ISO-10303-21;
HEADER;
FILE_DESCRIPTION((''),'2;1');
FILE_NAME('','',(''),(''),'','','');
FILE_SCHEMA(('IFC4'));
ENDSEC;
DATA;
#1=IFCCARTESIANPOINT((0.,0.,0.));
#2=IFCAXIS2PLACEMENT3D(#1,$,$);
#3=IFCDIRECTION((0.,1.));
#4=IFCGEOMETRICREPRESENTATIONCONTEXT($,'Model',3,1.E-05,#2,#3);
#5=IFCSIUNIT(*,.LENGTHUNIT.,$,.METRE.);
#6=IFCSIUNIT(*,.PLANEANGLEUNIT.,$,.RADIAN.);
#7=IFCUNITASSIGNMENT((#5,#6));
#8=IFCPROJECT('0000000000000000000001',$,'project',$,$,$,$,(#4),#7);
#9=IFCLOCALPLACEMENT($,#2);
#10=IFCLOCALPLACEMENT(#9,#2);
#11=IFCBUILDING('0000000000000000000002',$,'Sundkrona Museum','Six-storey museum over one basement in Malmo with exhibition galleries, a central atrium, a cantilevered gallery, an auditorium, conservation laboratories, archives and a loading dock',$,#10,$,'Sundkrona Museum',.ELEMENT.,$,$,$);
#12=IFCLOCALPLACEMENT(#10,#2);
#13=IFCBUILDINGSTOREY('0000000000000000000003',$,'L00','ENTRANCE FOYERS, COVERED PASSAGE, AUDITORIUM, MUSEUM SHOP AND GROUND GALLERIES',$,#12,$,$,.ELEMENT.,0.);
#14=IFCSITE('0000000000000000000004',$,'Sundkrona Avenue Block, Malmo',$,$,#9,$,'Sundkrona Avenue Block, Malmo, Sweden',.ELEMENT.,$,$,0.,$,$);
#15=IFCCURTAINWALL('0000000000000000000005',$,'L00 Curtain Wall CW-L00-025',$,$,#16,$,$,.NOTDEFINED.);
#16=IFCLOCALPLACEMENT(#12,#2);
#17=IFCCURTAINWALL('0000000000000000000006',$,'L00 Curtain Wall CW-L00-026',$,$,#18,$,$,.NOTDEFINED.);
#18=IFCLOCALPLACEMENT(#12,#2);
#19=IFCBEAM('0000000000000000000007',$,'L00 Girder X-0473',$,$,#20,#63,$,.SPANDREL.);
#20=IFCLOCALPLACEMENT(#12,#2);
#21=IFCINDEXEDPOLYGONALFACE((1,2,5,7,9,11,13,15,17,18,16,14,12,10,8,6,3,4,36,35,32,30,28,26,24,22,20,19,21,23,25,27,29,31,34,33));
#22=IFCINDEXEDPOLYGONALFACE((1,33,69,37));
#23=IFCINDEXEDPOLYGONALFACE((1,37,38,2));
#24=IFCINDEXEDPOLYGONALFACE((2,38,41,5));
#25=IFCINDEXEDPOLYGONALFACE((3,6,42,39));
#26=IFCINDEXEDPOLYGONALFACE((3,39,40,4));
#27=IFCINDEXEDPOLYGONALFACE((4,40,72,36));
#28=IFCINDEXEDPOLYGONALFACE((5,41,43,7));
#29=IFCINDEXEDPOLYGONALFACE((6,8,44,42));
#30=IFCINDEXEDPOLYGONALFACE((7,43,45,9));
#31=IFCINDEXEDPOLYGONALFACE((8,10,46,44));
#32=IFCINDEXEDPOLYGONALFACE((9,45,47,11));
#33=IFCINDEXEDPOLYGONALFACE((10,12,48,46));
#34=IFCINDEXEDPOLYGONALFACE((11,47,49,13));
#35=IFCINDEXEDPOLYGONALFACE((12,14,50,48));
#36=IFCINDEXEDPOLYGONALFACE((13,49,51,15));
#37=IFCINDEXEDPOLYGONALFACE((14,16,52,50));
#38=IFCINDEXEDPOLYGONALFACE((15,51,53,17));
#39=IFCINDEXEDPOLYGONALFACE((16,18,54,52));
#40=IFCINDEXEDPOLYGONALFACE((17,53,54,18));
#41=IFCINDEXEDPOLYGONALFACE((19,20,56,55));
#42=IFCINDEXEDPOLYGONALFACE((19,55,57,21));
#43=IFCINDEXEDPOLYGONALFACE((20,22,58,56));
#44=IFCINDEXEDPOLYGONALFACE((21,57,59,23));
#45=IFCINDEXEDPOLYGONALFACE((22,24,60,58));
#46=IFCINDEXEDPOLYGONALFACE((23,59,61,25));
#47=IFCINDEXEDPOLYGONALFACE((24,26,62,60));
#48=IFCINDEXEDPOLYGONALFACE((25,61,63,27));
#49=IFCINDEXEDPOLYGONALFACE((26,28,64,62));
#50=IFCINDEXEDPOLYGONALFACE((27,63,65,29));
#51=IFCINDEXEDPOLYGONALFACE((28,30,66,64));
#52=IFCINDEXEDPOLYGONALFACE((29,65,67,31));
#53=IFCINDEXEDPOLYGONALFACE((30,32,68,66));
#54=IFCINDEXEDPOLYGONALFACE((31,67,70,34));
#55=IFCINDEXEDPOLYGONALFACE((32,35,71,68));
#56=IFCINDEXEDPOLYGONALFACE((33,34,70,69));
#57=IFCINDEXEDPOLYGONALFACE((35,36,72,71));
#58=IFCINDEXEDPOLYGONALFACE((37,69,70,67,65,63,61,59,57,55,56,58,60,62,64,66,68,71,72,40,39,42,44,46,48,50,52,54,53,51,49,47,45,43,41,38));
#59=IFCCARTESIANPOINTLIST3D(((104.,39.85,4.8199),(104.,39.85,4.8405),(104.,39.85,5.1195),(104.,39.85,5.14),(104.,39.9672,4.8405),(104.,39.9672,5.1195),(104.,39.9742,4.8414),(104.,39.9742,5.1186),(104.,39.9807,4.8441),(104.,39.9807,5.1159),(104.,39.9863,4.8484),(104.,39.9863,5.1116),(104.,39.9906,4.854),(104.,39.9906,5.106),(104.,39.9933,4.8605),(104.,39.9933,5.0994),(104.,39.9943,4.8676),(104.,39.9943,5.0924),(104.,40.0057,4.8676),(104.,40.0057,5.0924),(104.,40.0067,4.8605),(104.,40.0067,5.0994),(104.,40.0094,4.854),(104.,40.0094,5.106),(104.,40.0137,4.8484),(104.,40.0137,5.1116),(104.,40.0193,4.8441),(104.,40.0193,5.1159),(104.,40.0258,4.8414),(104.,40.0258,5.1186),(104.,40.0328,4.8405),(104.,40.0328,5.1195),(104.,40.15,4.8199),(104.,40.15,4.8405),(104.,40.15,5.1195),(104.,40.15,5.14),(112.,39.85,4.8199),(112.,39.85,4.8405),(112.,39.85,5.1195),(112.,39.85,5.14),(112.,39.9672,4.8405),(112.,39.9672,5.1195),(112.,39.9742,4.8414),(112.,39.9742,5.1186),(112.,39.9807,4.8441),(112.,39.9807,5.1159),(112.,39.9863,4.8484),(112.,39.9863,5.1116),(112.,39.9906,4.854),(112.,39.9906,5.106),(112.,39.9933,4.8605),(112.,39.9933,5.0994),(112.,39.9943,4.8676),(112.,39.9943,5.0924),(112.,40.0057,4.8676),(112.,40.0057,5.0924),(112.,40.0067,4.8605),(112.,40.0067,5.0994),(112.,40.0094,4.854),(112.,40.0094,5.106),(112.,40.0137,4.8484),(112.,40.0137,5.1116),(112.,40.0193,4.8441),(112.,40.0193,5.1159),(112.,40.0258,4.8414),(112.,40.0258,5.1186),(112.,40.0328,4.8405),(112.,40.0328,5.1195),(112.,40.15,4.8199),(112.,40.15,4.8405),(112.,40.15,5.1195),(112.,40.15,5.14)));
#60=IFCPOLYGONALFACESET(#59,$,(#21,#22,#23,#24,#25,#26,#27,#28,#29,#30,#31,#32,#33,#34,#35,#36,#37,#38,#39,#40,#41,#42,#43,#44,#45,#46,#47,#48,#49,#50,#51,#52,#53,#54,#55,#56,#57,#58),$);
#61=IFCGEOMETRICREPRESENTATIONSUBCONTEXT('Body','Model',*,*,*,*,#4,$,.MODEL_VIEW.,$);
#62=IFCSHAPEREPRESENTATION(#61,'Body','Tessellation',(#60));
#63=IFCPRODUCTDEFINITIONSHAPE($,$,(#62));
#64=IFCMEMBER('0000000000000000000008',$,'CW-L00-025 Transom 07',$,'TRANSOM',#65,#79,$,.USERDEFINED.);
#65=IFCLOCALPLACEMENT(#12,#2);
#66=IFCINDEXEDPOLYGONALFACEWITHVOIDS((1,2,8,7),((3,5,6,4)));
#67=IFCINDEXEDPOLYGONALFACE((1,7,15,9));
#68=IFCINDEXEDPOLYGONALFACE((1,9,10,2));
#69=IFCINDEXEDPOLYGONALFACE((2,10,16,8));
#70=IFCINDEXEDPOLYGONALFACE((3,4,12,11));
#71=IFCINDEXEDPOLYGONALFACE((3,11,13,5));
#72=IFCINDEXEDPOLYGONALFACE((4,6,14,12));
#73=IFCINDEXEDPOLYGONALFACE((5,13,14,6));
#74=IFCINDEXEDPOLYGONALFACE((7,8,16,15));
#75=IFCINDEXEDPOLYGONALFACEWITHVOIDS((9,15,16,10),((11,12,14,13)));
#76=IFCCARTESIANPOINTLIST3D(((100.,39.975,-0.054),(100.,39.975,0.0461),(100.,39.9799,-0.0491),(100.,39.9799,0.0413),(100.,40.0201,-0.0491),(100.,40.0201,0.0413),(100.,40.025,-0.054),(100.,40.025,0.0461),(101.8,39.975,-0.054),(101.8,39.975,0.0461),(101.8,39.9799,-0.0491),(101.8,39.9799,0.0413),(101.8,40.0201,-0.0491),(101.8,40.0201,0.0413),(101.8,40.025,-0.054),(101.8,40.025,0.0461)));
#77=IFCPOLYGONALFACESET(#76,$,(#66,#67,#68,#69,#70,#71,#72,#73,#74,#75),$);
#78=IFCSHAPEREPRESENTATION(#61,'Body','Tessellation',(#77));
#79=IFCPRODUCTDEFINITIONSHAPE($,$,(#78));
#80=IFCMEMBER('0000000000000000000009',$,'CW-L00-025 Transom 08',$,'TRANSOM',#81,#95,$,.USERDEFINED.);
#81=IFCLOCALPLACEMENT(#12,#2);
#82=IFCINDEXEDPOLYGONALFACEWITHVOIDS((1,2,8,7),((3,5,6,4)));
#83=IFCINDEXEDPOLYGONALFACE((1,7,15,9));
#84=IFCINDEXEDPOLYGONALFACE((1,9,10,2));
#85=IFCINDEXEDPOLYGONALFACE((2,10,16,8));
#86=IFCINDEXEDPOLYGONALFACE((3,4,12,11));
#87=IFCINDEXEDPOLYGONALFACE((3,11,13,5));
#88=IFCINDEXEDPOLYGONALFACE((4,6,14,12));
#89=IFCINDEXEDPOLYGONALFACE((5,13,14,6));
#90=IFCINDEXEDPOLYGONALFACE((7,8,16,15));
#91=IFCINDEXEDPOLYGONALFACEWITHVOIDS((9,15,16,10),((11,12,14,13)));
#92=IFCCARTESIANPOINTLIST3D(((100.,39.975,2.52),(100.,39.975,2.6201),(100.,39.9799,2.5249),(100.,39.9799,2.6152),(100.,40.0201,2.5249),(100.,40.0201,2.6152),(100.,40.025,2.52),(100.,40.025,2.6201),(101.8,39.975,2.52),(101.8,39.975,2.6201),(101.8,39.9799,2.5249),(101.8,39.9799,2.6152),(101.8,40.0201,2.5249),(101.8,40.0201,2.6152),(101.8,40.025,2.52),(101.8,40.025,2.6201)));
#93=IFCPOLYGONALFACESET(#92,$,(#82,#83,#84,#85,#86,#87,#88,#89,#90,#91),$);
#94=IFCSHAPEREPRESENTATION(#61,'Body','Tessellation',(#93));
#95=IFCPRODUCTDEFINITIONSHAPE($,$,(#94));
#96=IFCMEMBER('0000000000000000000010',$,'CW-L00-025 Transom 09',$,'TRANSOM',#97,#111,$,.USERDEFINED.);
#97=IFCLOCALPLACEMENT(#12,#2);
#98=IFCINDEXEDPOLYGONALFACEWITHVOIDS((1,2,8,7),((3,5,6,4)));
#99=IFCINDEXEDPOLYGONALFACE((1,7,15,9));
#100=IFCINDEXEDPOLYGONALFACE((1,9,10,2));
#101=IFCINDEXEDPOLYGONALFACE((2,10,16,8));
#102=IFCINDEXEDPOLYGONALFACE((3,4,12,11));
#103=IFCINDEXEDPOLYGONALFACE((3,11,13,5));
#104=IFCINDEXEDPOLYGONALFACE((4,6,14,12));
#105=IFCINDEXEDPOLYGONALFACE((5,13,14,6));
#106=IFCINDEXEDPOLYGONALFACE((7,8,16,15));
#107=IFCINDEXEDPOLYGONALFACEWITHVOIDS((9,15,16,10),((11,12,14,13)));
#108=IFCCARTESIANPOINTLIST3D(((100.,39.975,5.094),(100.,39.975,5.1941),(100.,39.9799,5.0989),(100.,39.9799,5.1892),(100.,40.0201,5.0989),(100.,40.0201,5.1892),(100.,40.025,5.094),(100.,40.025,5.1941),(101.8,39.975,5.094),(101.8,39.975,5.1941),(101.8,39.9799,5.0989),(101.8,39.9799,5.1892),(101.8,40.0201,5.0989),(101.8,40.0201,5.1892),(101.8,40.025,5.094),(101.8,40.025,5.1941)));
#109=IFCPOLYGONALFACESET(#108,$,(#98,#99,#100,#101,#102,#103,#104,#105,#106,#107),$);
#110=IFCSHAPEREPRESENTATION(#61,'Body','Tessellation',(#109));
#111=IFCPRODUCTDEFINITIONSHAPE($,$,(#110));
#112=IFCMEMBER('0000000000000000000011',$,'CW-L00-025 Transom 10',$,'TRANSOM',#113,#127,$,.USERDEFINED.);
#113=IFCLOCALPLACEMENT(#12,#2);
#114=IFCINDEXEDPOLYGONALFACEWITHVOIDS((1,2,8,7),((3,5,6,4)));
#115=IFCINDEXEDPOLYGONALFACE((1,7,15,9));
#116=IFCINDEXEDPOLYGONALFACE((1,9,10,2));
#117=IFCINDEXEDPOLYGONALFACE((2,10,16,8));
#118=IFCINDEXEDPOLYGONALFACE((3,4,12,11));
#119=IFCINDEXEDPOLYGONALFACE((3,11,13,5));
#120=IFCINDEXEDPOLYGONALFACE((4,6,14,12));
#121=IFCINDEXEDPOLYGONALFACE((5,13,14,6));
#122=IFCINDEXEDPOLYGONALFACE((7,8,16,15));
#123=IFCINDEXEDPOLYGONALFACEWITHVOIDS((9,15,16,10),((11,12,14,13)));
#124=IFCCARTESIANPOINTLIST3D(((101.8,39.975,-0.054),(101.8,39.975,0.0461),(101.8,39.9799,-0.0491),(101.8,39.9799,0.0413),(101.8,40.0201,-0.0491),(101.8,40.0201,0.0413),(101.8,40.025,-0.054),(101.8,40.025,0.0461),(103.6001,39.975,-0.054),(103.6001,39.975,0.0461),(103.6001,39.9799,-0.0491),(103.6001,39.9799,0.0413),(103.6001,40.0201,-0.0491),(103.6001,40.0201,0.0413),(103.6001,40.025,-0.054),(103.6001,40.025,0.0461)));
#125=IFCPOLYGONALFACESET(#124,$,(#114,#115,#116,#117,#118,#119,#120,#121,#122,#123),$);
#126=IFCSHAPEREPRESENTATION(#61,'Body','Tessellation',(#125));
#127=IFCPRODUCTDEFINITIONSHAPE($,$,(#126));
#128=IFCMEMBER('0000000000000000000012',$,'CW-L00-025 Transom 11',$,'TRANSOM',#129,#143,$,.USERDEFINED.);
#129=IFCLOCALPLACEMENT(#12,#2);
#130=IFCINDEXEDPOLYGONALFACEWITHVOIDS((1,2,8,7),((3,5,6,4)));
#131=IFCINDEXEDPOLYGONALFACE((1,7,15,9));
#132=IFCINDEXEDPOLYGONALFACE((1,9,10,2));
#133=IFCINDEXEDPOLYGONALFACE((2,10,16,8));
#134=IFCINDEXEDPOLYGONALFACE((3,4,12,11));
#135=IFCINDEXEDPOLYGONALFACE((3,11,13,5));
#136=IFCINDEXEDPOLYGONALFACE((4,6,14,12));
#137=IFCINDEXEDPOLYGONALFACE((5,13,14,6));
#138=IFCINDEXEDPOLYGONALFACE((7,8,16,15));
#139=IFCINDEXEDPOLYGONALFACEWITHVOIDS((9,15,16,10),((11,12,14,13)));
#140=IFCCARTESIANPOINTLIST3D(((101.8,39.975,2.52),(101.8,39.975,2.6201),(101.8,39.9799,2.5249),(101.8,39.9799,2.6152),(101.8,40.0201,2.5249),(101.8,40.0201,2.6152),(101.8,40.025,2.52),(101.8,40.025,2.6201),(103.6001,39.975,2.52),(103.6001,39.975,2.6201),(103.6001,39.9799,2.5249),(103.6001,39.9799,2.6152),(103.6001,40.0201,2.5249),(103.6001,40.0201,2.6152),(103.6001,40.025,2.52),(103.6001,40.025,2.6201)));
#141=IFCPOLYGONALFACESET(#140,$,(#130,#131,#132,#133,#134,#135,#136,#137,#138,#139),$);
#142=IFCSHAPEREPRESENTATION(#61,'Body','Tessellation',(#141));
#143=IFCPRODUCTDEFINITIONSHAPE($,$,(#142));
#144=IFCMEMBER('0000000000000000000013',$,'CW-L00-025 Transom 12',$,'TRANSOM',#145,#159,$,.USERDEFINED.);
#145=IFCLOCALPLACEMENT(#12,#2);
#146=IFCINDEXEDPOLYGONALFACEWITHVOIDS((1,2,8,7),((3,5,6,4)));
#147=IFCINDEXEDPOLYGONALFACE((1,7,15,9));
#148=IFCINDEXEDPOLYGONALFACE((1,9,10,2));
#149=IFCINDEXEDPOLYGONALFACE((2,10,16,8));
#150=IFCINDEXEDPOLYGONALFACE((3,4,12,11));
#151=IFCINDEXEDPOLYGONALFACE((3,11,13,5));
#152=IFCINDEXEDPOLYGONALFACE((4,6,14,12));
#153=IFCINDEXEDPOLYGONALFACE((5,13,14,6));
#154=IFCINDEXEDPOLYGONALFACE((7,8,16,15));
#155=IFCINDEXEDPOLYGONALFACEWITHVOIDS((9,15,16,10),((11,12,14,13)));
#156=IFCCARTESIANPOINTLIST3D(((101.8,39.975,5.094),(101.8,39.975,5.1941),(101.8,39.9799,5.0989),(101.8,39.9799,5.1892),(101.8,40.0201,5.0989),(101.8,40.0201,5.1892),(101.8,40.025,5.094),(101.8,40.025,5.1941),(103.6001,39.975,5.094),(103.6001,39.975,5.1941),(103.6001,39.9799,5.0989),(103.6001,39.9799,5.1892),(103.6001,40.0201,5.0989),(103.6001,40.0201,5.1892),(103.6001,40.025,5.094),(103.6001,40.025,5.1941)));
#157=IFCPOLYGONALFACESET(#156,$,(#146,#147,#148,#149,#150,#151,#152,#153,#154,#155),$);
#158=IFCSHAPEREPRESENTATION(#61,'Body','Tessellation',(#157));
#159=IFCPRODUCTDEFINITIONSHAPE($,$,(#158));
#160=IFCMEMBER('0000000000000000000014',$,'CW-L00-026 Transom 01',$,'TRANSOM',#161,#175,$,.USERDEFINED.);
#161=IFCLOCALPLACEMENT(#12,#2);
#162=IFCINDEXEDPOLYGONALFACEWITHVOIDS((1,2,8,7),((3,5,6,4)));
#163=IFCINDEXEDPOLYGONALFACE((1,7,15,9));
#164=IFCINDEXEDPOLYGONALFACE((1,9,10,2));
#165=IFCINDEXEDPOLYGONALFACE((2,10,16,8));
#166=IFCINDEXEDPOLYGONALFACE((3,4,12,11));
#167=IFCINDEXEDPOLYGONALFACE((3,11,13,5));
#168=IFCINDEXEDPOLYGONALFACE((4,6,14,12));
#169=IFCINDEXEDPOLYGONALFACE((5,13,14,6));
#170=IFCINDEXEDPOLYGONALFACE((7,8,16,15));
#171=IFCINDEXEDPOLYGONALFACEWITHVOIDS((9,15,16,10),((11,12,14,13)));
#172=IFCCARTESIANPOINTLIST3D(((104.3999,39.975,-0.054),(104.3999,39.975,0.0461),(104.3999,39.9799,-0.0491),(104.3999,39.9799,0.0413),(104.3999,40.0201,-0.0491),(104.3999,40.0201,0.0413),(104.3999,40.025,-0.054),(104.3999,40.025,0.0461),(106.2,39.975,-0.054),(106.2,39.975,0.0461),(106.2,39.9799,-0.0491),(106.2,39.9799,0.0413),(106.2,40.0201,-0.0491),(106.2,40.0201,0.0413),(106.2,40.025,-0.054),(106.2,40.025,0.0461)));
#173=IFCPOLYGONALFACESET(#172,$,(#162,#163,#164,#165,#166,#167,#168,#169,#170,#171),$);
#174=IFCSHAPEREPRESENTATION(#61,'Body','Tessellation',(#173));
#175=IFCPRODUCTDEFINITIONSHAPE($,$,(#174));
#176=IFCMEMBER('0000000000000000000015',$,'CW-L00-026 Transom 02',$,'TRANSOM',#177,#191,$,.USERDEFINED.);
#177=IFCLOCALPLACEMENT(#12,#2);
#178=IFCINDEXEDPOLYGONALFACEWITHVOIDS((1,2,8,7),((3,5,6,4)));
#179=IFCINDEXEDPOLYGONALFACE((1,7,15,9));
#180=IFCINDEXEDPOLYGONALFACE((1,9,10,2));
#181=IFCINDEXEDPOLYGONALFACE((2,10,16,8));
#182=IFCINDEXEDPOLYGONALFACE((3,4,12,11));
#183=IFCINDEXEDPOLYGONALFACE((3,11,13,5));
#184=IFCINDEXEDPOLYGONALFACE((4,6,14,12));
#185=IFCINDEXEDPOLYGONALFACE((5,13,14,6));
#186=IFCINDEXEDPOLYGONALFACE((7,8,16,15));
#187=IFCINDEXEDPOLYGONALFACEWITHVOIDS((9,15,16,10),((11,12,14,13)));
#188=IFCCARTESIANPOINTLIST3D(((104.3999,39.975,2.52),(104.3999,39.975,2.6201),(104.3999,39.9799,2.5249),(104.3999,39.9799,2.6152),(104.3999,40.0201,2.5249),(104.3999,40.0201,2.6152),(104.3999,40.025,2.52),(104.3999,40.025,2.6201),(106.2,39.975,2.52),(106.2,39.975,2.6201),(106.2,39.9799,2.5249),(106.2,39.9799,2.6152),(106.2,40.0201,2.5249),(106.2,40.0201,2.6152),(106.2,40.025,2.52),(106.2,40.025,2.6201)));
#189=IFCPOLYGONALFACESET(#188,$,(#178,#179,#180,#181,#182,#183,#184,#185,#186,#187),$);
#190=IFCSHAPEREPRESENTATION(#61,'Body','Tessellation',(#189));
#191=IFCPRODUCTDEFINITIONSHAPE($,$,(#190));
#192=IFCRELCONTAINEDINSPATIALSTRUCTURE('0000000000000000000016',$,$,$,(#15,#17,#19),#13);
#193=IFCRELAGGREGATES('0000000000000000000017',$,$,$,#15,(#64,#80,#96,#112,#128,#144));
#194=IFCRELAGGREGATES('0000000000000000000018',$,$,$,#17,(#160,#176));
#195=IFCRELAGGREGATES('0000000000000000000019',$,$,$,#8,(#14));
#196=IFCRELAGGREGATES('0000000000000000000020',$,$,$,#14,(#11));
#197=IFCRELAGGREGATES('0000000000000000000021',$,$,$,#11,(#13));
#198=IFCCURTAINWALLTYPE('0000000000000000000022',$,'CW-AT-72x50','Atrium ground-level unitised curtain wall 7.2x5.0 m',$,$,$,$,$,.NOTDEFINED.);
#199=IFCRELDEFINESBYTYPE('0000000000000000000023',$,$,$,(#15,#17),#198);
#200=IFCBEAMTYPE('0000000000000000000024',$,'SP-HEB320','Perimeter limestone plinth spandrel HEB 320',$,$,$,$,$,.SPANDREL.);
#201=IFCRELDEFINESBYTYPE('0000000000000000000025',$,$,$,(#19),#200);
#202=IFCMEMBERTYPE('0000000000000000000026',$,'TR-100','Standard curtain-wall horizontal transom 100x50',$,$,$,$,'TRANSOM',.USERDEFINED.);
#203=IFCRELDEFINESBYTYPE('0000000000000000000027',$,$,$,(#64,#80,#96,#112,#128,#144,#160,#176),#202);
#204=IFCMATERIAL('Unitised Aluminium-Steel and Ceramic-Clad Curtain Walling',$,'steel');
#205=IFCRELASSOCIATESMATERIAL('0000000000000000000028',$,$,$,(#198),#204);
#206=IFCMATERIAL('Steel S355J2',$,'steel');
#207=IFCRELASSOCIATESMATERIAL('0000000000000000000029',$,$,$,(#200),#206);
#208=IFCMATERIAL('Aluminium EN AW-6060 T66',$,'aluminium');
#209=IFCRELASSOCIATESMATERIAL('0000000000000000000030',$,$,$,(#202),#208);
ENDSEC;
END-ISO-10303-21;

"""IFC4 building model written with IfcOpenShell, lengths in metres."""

from ifc_helpers import new_model, si_unit, direction, frame, origin, origin_2d, place, context, subcontext, project, spatial, hollow_rectangle, i_section, extrude, material, material_profile, profile_set, type_object, element, aggregate, save


model = new_model("IFC4")

# Units and contexts
model_context = context("Model", 3, precision=1e-05, world=origin(), true_north=direction((0.0, 1.0)))
body_context = subcontext(model_context, "Body", "Model", "MODEL_VIEW")
ifc_project = project(units=[si_unit("LENGTHUNIT", "METRE"), si_unit("PLANEANGLEUNIT", "RADIAN")], contexts=[model_context])

# Site, building, storey
site_placement = place(None, origin())
site = spatial("IfcSite", under=ifc_project, at=site_placement, Name="Sundkrona Avenue Block, Malmo", LongName="Sundkrona Avenue Block, Malmo, Sweden", CompositionType="ELEMENT", RefElevation=0.0)
building_placement = place(site_placement, origin())
building = spatial("IfcBuilding", under=site, at=building_placement, Name="Sundkrona Museum", Description="Six-storey museum over one basement in Malmo with exhibition galleries, a central atrium, a cantilevered gallery, an auditorium, conservation laboratories, archives and a loading dock", LongName="Sundkrona Museum", CompositionType="ELEMENT")
storey_placement = place(building_placement, origin())
storey = spatial("IfcBuildingStorey", under=building, at=storey_placement, Name="L00", Description="ENTRANCE FOYERS, COVERED PASSAGE, AUDITORIUM, MUSEUM SHOP AND GROUND GALLERIES", CompositionType="ELEMENT", Elevation=0.0)

# Shared definitions
ifc_material_1 = material(Name="Steel S355J2", Category="steel")

# Curtain walls
ifc_material_2 = material(Name="Unitised Aluminium-Steel and Ceramic-Clad Curtain Walling", Category="steel")
curtain_wall_type = type_object("IfcCurtainWallType", Name="CW-AT-72x50", Description="Atrium ground-level unitised curtain wall 7.2x5.0 m", PredefinedType="NOTDEFINED", material=ifc_material_2)
curtain_wall_1_placement = place(storey_placement, origin())
curtain_wall_1 = element("IfcCurtainWall", 1, at=curtain_wall_1_placement, inside=storey, type_object=curtain_wall_type, Name="L00 Curtain Wall CW-L00-025", PredefinedType="NOTDEFINED")
ifc_material_3 = material(Name="Aluminium EN AW-6060 T66", Category="aluminium")
curtain_wall_2_placement = place(storey_placement, origin())
curtain_wall_2 = element("IfcCurtainWall", 2, at=curtain_wall_2_placement, inside=storey, type_object=curtain_wall_type, Name="L00 Curtain Wall CW-L00-026", PredefinedType="NOTDEFINED")

# Beam
ifc_material_profile_1 = material_profile(ifc_material_1, i_section(OverallWidth=0.3, OverallDepth=0.3201, WebThickness=0.0115, FlangeThickness=0.0205, FilletRadius=0.0271, at=origin_2d()), Name="HEB 320")
ifc_profile_set_1 = profile_set([ifc_material_profile_1], Name="Steel S355J2")
beam_type = type_object("IfcBeamType", Name="SP-HEB320", Description="Perimeter limestone plinth spandrel HEB 320", PredefinedType="SPANDREL", material=ifc_profile_set_1)
beam_placement = place(storey_placement, frame((104.0, 40.0, 4.98), z_axis=(1.0, 0.0, 0.0), x_axis=(0.0, 1.0, 0.0)))
element("IfcBeam", 3, at=beam_placement, inside=storey, type_object=beam_type, Name="L00 Girder X-0473", PredefinedType="SPANDREL", context=body_context, shape_type="SweptSolid", body=[
    extrude(i_section(OverallWidth=0.3, OverallDepth=0.3201, WebThickness=0.0115, FlangeThickness=0.0205, FilletRadius=0.0271, at=origin_2d()), origin(), (0.0, 0.0, 1.0), 8.0),
])

# Members
ifc_material_profile_2 = material_profile(ifc_material_3, hollow_rectangle(XDim=0.05, YDim=0.1001, WallThickness=0.0049, at=origin_2d()), Name="RHS 100x50x5.0")
ifc_profile_set_2 = profile_set([ifc_material_profile_2], Name="Aluminium EN AW-6060 T66")
member_type_1 = type_object("IfcMemberType", Name="TR-100", Description="Standard curtain-wall horizontal transom 100x50", ElementType="TRANSOM", PredefinedType="USERDEFINED", material=ifc_profile_set_2)
member_1_placement = place(storey_placement, frame((100.0, 40.0, -0.0039), z_axis=(1.0, 0.0, 0.0), x_axis=(0.0, 1.0, 0.0)))
member_1 = element("IfcMember", 4, at=member_1_placement, type_object=member_type_1, Name="CW-L00-025 Transom 07", ObjectType="TRANSOM", PredefinedType="USERDEFINED", context=body_context, shape_type="SweptSolid", body=[
    extrude(hollow_rectangle(XDim=0.05, YDim=0.1001, WallThickness=0.0049, at=origin_2d()), origin(), (0.0, 0.0, 1.0), 1.8),
])
member_2_placement = place(storey_placement, frame((100.0, 40.0, 2.5701), z_axis=(1.0, 0.0, 0.0), x_axis=(0.0, 1.0, 0.0)))
member_2 = element("IfcMember", 5, at=member_2_placement, type_object=member_type_1, Name="CW-L00-025 Transom 08", ObjectType="TRANSOM", PredefinedType="USERDEFINED", context=body_context, shape_type="SweptSolid", body=[
    extrude(hollow_rectangle(XDim=0.05, YDim=0.1001, WallThickness=0.0049, at=origin_2d()), origin(), (0.0, 0.0, 1.0), 1.8),
])
member_3_placement = place(storey_placement, frame((100.0, 40.0, 5.144), z_axis=(1.0, 0.0, 0.0), x_axis=(0.0, 1.0, 0.0)))
member_3 = element("IfcMember", 6, at=member_3_placement, type_object=member_type_1, Name="CW-L00-025 Transom 09", ObjectType="TRANSOM", PredefinedType="USERDEFINED", context=body_context, shape_type="SweptSolid", body=[
    extrude(hollow_rectangle(XDim=0.05, YDim=0.1001, WallThickness=0.0049, at=origin_2d()), origin(), (0.0, 0.0, 1.0), 1.8),
])
member_4_placement = place(storey_placement, frame((101.8, 40.0, -0.0039), z_axis=(1.0, 0.0, 0.0), x_axis=(0.0, 1.0, 0.0)))
member_4 = element("IfcMember", 7, at=member_4_placement, type_object=member_type_1, Name="CW-L00-025 Transom 10", ObjectType="TRANSOM", PredefinedType="USERDEFINED", context=body_context, shape_type="SweptSolid", body=[
    extrude(hollow_rectangle(XDim=0.05, YDim=0.1001, WallThickness=0.0049, at=origin_2d()), origin(), (0.0, 0.0, 1.0), 1.8),
])
member_5_placement = place(storey_placement, frame((101.8, 40.0, 2.5701), z_axis=(1.0, 0.0, 0.0), x_axis=(0.0, 1.0, 0.0)))
member_5 = element("IfcMember", 8, at=member_5_placement, type_object=member_type_1, Name="CW-L00-025 Transom 11", ObjectType="TRANSOM", PredefinedType="USERDEFINED", context=body_context, shape_type="SweptSolid", body=[
    extrude(hollow_rectangle(XDim=0.05, YDim=0.1001, WallThickness=0.0049, at=origin_2d()), origin(), (0.0, 0.0, 1.0), 1.8),
])
member_6_placement = place(storey_placement, frame((101.8, 40.0, 5.144), z_axis=(1.0, 0.0, 0.0), x_axis=(0.0, 1.0, 0.0)))
member_6 = element("IfcMember", 9, at=member_6_placement, type_object=member_type_1, Name="CW-L00-025 Transom 12", ObjectType="TRANSOM", PredefinedType="USERDEFINED", context=body_context, shape_type="SweptSolid", body=[
    extrude(hollow_rectangle(XDim=0.05, YDim=0.1001, WallThickness=0.0049, at=origin_2d()), origin(), (0.0, 0.0, 1.0), 1.8),
])
member_7_placement = place(storey_placement, frame((104.3999, 40.0, -0.0039), z_axis=(1.0, 0.0, 0.0), x_axis=(0.0, 1.0, 0.0)))
member_7 = element("IfcMember", 10, at=member_7_placement, type_object=member_type_1, Name="CW-L00-026 Transom 01", ObjectType="TRANSOM", PredefinedType="USERDEFINED", context=body_context, shape_type="SweptSolid", body=[
    extrude(hollow_rectangle(XDim=0.05, YDim=0.1001, WallThickness=0.0049, at=origin_2d()), origin(), (0.0, 0.0, 1.0), 1.8),
])
member_8_placement = place(storey_placement, frame((104.3999, 40.0, 2.5701), z_axis=(1.0, 0.0, 0.0), x_axis=(0.0, 1.0, 0.0)))
member_8 = element("IfcMember", 11, at=member_8_placement, type_object=member_type_1, Name="CW-L00-026 Transom 02", ObjectType="TRANSOM", PredefinedType="USERDEFINED", context=body_context, shape_type="SweptSolid", body=[
    extrude(hollow_rectangle(XDim=0.05, YDim=0.1001, WallThickness=0.0049, at=origin_2d()), origin(), (0.0, 0.0, 1.0), 1.8),
])

aggregate(curtain_wall_1, [member_1, member_2, member_3, member_4, member_5, member_6])
aggregate(curtain_wall_2, [member_7, member_8])

save(model, "model.ifc")
